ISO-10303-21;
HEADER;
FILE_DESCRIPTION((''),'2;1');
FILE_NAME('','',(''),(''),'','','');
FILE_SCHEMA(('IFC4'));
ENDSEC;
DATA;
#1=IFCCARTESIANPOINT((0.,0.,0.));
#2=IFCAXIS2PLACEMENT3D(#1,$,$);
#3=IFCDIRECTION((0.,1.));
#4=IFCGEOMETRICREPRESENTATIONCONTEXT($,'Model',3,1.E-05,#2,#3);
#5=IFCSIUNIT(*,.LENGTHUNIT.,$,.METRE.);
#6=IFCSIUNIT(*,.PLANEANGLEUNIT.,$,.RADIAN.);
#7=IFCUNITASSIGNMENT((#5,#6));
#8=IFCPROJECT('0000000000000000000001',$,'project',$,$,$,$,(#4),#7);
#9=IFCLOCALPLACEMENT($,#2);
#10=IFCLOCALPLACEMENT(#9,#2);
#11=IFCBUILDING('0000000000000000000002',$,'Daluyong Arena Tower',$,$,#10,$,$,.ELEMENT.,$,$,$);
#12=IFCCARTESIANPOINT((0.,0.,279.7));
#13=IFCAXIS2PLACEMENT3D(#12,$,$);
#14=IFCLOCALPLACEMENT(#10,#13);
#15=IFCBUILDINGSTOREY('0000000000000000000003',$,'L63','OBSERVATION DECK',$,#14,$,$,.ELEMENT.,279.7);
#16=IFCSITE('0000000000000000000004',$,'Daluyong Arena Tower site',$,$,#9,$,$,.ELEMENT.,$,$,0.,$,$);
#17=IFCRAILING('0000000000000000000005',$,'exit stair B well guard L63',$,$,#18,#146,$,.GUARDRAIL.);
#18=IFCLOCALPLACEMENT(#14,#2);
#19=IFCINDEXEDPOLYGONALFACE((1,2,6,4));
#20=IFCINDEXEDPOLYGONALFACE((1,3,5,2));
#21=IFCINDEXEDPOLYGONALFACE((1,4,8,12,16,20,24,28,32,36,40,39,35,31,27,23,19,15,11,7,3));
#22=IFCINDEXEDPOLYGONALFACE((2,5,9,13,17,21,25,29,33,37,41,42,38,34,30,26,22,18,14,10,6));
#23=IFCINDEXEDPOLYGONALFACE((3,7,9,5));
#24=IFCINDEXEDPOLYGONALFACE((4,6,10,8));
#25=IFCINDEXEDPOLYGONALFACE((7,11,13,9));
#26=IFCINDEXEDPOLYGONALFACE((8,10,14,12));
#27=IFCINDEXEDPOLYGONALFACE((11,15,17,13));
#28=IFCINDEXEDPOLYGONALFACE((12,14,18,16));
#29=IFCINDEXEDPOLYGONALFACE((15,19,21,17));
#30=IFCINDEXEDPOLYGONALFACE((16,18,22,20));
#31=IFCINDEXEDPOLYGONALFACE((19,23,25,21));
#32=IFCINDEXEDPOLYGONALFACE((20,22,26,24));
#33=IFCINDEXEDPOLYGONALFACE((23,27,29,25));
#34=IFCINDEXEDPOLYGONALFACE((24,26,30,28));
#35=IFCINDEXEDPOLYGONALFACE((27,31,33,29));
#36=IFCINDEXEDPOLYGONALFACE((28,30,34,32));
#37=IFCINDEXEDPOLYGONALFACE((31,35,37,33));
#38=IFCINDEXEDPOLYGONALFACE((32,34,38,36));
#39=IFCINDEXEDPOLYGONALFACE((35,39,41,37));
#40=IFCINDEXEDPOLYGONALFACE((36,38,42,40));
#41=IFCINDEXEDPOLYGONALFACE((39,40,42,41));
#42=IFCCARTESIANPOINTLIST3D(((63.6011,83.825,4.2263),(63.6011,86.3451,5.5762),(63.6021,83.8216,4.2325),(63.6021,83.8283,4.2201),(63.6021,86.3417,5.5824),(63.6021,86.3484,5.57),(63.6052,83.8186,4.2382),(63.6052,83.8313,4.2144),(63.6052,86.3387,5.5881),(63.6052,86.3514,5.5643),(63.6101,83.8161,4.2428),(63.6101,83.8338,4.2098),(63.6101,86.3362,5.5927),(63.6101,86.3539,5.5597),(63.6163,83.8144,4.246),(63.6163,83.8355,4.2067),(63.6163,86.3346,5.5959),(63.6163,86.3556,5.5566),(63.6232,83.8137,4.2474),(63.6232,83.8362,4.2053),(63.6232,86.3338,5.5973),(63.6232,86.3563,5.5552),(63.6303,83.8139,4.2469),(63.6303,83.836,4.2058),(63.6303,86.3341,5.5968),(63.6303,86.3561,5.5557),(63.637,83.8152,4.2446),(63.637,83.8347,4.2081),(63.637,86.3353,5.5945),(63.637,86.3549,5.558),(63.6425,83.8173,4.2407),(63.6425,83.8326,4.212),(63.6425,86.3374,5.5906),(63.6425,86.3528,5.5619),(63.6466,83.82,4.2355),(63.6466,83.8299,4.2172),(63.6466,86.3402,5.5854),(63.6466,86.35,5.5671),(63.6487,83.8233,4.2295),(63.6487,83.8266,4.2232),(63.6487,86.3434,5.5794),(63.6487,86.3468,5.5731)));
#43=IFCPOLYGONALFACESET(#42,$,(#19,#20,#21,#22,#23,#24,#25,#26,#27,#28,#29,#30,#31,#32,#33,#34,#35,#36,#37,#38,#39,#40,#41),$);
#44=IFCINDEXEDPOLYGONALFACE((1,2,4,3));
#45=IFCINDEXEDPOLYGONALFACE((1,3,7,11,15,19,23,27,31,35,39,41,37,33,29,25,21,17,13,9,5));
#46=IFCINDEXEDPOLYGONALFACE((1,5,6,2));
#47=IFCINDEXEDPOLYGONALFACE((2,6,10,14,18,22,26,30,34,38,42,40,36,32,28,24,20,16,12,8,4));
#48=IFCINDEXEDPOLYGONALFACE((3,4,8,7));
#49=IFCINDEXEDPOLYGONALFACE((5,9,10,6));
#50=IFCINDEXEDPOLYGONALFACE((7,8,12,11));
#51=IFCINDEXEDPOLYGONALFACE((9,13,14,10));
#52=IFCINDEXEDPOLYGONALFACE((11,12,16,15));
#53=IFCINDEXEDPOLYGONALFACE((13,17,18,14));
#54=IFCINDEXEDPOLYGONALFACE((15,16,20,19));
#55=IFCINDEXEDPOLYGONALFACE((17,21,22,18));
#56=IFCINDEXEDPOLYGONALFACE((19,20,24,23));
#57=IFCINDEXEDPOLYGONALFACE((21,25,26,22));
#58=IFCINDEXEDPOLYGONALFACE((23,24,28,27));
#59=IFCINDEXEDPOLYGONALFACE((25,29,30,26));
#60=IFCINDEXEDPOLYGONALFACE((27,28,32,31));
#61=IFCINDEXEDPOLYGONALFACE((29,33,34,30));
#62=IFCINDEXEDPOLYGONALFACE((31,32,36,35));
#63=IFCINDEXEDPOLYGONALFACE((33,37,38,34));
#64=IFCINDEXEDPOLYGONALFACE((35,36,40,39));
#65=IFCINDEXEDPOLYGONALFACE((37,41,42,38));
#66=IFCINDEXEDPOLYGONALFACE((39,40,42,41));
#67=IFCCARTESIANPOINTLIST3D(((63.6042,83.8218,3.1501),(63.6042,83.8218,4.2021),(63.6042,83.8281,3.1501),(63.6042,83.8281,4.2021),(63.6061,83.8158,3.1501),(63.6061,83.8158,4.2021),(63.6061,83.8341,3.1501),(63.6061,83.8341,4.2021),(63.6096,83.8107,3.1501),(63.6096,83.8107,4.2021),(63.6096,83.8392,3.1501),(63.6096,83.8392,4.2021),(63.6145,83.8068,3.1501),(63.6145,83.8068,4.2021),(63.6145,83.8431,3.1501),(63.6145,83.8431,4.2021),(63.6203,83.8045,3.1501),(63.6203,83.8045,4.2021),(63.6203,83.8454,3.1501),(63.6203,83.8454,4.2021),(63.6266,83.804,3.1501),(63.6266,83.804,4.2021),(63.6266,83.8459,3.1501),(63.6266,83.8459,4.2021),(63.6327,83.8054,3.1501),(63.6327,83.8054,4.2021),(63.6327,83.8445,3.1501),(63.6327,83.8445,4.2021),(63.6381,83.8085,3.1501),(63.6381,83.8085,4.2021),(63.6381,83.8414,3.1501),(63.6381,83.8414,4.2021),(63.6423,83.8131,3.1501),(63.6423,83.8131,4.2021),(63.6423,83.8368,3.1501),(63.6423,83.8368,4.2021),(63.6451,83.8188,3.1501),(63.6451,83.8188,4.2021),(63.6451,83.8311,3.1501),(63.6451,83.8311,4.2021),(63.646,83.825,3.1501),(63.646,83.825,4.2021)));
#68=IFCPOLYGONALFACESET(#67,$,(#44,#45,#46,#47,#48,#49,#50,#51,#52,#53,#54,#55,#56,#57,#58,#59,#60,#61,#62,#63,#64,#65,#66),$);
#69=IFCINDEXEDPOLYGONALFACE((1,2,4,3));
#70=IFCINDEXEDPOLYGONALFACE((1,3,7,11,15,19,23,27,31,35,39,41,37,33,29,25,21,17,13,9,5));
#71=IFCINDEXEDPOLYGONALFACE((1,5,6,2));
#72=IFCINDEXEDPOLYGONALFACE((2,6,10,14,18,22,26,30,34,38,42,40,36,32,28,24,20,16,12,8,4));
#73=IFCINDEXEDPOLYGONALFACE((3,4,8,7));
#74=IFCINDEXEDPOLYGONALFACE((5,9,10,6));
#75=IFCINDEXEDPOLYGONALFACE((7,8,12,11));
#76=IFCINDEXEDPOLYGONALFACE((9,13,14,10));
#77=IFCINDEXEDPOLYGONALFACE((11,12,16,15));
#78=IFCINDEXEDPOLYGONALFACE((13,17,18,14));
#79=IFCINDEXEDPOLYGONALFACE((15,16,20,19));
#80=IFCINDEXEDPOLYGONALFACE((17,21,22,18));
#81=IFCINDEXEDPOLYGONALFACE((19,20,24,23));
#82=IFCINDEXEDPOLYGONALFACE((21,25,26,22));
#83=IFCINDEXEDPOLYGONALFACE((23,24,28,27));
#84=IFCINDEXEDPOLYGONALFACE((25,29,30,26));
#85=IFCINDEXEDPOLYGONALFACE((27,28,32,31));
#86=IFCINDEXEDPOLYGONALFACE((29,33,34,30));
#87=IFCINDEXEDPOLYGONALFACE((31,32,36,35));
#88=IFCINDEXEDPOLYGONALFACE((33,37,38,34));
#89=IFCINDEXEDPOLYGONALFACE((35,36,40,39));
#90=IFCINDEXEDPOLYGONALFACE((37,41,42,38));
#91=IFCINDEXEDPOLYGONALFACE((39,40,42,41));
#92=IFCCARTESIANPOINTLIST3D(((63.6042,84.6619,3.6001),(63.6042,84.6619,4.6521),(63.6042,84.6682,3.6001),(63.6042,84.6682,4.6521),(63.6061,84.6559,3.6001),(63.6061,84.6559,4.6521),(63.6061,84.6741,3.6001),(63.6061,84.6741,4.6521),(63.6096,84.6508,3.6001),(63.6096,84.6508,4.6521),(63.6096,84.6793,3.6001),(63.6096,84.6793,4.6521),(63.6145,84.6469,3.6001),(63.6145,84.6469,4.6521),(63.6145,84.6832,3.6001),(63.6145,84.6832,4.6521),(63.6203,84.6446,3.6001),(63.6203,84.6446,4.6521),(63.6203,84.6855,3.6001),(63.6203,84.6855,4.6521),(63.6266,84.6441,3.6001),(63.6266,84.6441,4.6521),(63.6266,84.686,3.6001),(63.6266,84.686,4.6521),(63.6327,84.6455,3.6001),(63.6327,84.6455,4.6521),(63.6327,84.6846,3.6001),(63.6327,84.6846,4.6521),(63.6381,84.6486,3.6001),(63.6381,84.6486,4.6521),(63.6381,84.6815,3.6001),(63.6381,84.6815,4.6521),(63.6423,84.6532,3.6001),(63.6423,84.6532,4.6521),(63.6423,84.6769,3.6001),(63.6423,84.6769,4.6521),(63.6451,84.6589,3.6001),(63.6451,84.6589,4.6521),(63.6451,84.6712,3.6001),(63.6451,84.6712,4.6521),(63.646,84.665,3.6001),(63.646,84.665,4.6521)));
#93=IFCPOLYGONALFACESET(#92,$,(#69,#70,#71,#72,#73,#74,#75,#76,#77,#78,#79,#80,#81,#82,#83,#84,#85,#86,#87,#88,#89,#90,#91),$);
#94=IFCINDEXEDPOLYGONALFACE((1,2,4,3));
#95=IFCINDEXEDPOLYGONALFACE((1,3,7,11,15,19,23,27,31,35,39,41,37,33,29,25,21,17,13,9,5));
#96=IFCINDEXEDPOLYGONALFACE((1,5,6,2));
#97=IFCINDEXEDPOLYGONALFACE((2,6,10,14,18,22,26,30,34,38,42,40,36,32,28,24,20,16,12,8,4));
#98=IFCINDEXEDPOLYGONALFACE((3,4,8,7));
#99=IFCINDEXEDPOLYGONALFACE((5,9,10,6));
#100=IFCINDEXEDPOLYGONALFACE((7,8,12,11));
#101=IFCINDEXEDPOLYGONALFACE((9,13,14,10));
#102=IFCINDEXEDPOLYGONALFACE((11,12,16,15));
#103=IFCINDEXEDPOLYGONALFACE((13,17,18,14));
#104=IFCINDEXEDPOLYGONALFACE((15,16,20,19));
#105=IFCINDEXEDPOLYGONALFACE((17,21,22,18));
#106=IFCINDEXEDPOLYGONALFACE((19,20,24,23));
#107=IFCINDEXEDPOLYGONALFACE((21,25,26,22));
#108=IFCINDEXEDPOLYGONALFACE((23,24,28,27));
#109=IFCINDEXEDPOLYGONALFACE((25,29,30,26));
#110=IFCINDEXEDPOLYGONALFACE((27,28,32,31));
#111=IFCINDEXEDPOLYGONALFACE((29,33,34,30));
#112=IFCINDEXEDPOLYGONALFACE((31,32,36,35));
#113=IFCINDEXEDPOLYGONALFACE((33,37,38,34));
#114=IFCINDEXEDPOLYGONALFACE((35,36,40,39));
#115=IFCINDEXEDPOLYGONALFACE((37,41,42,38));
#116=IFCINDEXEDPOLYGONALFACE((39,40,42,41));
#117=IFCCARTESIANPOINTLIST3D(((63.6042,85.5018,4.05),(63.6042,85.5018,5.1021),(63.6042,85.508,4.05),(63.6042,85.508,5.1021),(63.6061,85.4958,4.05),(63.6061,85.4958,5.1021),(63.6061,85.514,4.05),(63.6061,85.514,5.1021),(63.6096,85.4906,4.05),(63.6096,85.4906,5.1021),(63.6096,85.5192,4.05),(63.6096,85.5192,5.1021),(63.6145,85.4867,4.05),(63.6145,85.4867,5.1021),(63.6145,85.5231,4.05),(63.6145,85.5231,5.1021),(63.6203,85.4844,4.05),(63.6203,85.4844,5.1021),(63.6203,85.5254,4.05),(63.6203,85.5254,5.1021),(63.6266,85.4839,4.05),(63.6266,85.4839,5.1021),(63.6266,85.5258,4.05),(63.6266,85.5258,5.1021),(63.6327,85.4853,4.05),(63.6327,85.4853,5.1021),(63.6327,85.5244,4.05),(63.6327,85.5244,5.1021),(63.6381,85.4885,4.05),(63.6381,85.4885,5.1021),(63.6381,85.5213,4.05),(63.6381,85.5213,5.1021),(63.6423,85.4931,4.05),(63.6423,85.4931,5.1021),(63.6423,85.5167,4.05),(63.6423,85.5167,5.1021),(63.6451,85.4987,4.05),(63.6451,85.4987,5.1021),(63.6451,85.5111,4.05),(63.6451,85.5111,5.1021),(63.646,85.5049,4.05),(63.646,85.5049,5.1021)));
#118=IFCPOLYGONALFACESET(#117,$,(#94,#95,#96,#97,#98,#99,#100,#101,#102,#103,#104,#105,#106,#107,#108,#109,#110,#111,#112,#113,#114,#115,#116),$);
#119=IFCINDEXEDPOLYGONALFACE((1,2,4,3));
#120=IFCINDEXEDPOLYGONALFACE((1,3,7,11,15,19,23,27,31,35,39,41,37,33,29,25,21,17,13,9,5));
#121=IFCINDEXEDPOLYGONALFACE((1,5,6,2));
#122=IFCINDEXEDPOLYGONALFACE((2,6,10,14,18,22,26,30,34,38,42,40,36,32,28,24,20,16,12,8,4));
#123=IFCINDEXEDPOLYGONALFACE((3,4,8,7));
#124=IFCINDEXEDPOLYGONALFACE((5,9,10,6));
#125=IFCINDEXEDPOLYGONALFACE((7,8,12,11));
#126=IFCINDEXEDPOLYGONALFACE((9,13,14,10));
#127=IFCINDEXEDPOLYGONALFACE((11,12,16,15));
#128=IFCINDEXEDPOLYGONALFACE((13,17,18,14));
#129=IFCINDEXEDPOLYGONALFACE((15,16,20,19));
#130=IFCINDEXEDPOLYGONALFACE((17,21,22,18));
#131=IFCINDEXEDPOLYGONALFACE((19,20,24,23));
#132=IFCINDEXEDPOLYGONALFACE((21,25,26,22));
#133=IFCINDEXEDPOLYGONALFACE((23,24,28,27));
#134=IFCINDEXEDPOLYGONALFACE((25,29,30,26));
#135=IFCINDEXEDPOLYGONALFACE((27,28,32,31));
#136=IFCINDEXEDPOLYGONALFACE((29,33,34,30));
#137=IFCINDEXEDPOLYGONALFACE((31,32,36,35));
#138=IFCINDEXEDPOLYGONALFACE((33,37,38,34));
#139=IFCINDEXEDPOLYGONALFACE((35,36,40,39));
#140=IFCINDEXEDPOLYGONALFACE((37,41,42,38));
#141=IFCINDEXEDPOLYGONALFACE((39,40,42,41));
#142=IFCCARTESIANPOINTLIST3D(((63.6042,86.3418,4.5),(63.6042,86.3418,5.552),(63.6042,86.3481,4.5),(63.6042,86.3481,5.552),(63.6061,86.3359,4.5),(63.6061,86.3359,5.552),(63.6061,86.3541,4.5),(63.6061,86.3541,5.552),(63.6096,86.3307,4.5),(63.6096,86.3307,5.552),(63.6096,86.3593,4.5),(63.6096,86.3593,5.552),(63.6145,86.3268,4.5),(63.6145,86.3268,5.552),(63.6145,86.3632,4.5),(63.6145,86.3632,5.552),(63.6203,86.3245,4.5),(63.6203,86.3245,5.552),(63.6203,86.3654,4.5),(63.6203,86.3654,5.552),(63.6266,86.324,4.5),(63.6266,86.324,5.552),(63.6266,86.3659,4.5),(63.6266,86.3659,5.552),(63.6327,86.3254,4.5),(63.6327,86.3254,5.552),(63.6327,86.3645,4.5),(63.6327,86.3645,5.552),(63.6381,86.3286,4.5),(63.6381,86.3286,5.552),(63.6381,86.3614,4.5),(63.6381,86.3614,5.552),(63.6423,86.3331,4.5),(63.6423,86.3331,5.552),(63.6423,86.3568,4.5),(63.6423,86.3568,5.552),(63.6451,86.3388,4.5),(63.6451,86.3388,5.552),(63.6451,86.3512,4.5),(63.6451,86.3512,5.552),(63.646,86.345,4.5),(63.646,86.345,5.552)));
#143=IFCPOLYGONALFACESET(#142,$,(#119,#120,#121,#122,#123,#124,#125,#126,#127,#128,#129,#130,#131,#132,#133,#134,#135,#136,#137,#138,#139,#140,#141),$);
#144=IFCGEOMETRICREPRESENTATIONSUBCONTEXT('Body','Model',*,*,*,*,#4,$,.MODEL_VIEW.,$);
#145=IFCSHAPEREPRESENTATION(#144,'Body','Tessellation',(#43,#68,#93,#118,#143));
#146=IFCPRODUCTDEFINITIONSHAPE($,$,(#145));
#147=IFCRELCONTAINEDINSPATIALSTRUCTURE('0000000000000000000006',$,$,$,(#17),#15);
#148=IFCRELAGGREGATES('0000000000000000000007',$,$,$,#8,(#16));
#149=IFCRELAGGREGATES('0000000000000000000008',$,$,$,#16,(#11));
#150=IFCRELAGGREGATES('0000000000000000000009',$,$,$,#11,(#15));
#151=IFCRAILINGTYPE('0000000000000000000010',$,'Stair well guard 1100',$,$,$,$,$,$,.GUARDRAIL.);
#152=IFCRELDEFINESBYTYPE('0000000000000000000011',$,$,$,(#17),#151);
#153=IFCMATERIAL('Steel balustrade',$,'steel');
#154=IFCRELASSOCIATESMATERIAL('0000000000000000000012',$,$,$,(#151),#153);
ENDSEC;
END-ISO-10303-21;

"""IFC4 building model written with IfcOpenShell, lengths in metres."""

from ifc_helpers import new_model, si_unit, direction, frame, origin, origin_2d, place, context, subcontext, project, spatial, circle, extrude, material, type_object, element, save


model = new_model("IFC4")

# Units and contexts
model_context = context("Model", 3, precision=1e-05, world=origin(), true_north=direction((0.0, 1.0)))
body_context = subcontext(model_context, "Body", "Model", "MODEL_VIEW")
ifc_project = project(units=[si_unit("LENGTHUNIT", "METRE"), si_unit("PLANEANGLEUNIT", "RADIAN")], contexts=[model_context])

# Site, building, storey
site_placement = place(None, origin())
site = spatial("IfcSite", under=ifc_project, at=site_placement, Name="Daluyong Arena Tower site", CompositionType="ELEMENT", RefElevation=0.0)
building_placement = place(site_placement, origin())
building = spatial("IfcBuilding", under=site, at=building_placement, Name="Daluyong Arena Tower", CompositionType="ELEMENT")
storey_placement = place(building_placement, frame((0.0, 0.0, 279.7)))
storey = spatial("IfcBuildingStorey", under=building, at=storey_placement, Name="L63", Description="OBSERVATION DECK", CompositionType="ELEMENT", Elevation=279.7)

# Railing
ifc_material_1 = material(Name="Steel balustrade", Category="steel")
railing_type_1 = type_object("IfcRailingType", Name="Stair well guard 1100", PredefinedType="GUARDRAIL", material=ifc_material_1)
railing_1_placement = place(storey_placement, frame((63.625, 83.825, 3.1501)))
element("IfcRailing", 1, at=railing_1_placement, inside=storey, type_object=railing_type_1, Name="exit stair B well guard L63", PredefinedType="GUARDRAIL", context=body_context, shape_type="SweptSolid", body=[
    extrude(circle(Radius=0.0239, at=origin_2d()), frame((0.0, 0.0, 1.0762), z_axis=(0.0, 0.881503, 0.472179), x_axis=(-1.0, 0.0, 0.0)), (0.0, 0.0, 1.0), 2.8589),
    extrude(circle(Radius=0.021, at=origin_2d()), origin(), (0.0, 0.0, 1.0), 1.052),
    extrude(circle(Radius=0.021, at=origin_2d()), frame((0.0, 0.8401, 0.45)), (0.0, 0.0, 1.0), 1.052),
    extrude(circle(Radius=0.021, at=origin_2d()), frame((0.0, 1.6799, 0.8999)), (0.0, 0.0, 1.0), 1.052),
    extrude(circle(Radius=0.021, at=origin_2d()), frame((0.0, 2.52, 1.3499)), (0.0, 0.0, 1.0), 1.052),
])

save(model, "model.ifc")
